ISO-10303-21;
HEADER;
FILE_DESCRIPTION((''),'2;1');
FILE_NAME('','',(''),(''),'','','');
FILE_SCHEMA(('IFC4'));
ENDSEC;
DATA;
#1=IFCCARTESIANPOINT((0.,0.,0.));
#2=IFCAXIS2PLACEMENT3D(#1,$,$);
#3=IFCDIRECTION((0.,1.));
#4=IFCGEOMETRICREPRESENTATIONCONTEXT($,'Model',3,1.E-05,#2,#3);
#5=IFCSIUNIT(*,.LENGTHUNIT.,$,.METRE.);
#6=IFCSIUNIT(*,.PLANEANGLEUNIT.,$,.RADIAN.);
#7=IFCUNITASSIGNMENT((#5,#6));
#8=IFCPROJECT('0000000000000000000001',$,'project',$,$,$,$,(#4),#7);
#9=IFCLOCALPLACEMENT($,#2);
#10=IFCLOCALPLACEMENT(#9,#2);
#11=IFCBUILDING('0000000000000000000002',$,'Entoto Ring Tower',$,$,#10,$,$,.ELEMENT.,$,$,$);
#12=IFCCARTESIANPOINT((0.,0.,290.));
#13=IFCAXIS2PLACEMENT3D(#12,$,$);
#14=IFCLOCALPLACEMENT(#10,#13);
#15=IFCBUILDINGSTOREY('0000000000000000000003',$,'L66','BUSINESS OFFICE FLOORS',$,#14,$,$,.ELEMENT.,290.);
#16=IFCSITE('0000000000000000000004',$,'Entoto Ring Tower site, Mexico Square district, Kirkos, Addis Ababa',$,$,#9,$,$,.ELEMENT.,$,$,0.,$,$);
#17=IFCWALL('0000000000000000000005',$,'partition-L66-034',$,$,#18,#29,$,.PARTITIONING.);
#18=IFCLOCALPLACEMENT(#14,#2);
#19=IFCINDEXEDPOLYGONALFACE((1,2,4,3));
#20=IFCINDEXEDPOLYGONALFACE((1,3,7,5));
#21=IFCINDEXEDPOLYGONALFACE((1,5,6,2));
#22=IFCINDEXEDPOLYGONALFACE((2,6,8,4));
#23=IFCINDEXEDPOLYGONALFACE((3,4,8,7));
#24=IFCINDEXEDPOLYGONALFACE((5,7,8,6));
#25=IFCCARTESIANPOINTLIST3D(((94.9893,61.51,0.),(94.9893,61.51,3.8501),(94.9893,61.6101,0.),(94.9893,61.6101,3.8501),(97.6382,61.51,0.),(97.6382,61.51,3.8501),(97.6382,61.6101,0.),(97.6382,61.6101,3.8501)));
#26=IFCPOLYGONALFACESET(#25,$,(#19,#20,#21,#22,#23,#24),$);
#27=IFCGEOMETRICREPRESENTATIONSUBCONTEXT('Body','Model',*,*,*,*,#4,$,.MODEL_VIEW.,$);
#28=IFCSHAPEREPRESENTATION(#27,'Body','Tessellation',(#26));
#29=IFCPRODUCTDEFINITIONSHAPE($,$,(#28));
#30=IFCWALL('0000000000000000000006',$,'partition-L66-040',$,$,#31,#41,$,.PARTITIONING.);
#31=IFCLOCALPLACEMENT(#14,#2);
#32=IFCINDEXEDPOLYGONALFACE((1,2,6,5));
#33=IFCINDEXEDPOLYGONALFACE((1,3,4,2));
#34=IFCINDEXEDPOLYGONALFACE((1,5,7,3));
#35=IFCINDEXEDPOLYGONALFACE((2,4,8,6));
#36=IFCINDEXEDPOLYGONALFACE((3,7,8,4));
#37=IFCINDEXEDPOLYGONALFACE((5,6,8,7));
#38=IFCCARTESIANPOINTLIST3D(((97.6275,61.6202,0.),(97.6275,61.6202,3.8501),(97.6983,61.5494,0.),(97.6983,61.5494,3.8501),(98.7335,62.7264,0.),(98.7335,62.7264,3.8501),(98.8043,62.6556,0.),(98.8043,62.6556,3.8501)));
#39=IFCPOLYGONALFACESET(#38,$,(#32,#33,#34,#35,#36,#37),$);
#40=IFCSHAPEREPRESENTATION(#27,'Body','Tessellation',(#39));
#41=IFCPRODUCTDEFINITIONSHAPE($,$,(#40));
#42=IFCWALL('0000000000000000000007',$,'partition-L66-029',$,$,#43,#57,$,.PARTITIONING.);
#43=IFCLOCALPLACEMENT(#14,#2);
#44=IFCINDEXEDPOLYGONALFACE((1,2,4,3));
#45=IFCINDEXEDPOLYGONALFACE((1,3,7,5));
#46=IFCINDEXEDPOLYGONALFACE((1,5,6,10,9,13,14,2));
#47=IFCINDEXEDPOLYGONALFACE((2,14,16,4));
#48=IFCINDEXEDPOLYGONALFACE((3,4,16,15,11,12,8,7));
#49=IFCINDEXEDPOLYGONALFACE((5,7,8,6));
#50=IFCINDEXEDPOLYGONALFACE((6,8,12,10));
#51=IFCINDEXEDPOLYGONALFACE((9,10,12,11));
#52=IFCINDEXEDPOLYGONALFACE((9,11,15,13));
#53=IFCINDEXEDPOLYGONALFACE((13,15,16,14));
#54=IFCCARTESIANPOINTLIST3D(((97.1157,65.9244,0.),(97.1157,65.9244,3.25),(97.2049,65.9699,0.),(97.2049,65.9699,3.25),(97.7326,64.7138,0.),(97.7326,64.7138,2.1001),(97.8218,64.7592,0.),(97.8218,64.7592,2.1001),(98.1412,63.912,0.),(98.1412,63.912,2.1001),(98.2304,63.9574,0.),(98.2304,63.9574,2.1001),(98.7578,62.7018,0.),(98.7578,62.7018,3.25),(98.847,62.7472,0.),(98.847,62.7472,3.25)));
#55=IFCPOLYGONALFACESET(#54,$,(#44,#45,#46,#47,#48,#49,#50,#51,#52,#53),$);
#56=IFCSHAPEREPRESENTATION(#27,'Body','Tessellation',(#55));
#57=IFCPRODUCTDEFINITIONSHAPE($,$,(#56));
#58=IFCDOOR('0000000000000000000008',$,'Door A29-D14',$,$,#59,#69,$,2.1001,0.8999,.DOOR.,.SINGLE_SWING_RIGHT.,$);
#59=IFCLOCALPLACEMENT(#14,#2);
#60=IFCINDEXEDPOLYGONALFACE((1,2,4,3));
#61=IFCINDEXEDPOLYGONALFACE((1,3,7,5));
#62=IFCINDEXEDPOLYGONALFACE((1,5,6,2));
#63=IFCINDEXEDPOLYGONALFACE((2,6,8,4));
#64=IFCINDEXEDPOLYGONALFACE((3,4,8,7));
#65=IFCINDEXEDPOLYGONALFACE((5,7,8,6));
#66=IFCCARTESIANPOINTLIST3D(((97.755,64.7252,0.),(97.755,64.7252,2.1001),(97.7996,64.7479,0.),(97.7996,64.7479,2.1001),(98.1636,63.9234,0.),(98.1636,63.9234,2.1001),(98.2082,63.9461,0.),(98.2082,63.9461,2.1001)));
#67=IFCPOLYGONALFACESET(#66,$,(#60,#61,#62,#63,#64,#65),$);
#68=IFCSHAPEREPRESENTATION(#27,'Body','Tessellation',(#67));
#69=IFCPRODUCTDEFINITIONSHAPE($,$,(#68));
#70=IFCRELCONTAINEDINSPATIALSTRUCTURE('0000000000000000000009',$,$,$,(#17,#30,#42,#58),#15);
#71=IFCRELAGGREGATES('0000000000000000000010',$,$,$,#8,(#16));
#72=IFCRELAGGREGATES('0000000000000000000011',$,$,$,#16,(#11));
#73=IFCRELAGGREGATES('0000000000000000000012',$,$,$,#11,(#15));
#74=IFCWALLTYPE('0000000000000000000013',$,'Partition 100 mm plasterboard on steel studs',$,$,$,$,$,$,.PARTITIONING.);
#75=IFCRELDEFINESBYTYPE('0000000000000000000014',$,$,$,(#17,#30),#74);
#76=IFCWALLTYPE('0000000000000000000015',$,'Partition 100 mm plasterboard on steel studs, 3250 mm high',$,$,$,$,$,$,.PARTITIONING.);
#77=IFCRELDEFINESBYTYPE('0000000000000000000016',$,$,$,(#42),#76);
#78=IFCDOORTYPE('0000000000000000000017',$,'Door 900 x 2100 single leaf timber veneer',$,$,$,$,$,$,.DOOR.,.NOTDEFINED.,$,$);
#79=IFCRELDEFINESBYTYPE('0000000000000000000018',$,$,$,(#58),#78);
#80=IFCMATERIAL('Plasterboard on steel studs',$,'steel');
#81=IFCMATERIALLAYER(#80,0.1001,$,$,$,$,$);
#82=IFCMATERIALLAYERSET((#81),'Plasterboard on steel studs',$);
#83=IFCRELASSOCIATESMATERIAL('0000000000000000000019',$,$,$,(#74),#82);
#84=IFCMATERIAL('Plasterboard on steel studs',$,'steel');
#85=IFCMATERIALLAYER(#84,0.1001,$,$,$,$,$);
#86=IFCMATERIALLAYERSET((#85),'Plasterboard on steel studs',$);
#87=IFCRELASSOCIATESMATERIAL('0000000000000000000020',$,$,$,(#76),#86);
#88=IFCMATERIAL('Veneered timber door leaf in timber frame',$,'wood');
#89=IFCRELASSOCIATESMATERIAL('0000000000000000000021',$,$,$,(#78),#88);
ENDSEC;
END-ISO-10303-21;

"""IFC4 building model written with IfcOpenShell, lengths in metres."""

from ifc_helpers import new_model, si_unit, direction, frame, frame_2d, origin, place, context, subcontext, project, spatial, rectangle, extrude, material, layer, layer_set, type_object, element, fill, save


model = new_model("IFC4")

# Units and contexts
model_context = context("Model", 3, precision=1e-05, world=origin(), true_north=direction((0.0, 1.0)))
body_context = subcontext(model_context, "Body", "Model", "MODEL_VIEW")
ifc_project = project(units=[si_unit("LENGTHUNIT", "METRE"), si_unit("PLANEANGLEUNIT", "RADIAN")], contexts=[model_context])

# Site, building, storey
site_placement = place(None, origin())
site = spatial("IfcSite", under=ifc_project, at=site_placement, Name="Entoto Ring Tower site, Mexico Square district, Kirkos, Addis Ababa", CompositionType="ELEMENT", RefElevation=0.0)
building_placement = place(site_placement, origin())
building = spatial("IfcBuilding", under=site, at=building_placement, Name="Entoto Ring Tower", CompositionType="ELEMENT")
storey_placement = place(building_placement, frame((0.0, 0.0, 290.0)))
storey = spatial("IfcBuildingStorey", under=building, at=storey_placement, Name="L66", Description="BUSINESS OFFICE FLOORS", CompositionType="ELEMENT", Elevation=290.0)

# Walls
ifc_material_1 = material(Name="Plasterboard on steel studs", Category="steel")
ifc_layer_1 = layer(ifc_material_1, 0.1001)
ifc_layer_set_1 = layer_set([ifc_layer_1], Name="Plasterboard on steel studs")
wall_type_1 = type_object("IfcWallType", Name="Partition 100 mm plasterboard on steel studs", PredefinedType="PARTITIONING", material=ifc_layer_set_1)
wall_1_placement = place(storey_placement, frame((94.9893, 61.5601, 0.0), z_axis=(0.0, 0.0, 1.0), x_axis=(1.0, 0.0, 0.0)))
element("IfcWall", 1, at=wall_1_placement, inside=storey, type_object=wall_type_1, Name="partition-L66-034", PredefinedType="PARTITIONING", context=body_context, shape_type="SweptSolid", body=[
    extrude(rectangle(XDim=2.6489, YDim=0.1001, at=frame_2d((1.3245, 0.0))), origin(), (0.0, 0.0, 1.0), 3.8501),
])
wall_2_placement = place(storey_placement, frame((97.6628, 61.5847, 0.0), z_axis=(0.0, 0.0, 1.0), x_axis=(0.707029, 0.707185, 0.0)))
element("IfcWall", 2, at=wall_2_placement, inside=storey, type_object=wall_type_1, Name="partition-L66-040", PredefinedType="PARTITIONING", context=body_context, shape_type="SweptSolid", body=[
    extrude(rectangle(XDim=1.5642, YDim=0.1001, at=frame_2d((0.7822, 0.0))), origin(), (0.0, 0.0, 1.0), 3.8501),
])

# Wall, opening, door
ifc_material_2 = material(Name="Plasterboard on steel studs", Category="steel")
ifc_layer_2 = layer(ifc_material_2, 0.1001)
ifc_layer_set_2 = layer_set([ifc_layer_2], Name="Plasterboard on steel studs")
wall_type_2 = type_object("IfcWallType", Name="Partition 100 mm plasterboard on steel studs, 3250 mm high", PredefinedType="PARTITIONING", material=ifc_layer_set_2)
wall_3_placement = place(storey_placement, frame((98.8025, 62.7244, 0.0), z_axis=(0.0, 0.0, 1.0), x_axis=(-0.454005, 0.890999, 0.0)))
wall_3 = element("IfcWall", 3, at=wall_3_placement, inside=storey, type_object=wall_type_2, Name="partition-L66-029", PredefinedType="PARTITIONING", context=body_context, shape_type="SweptSolid", body=[
    extrude(rectangle(XDim=3.6169, YDim=0.1001, at=frame_2d((1.8086, 0.0))), origin(), (0.0, 0.0, 1.0), 3.25),
])
opening_1_placement = place(wall_3_placement, frame((1.3584, 0.0, 0.0)))
opening_1 = element("IfcOpeningElement", 4, at=opening_1_placement, cuts=wall_3, PredefinedType="OPENING", context=body_context, shape_type="SweptSolid", body=[
    extrude(rectangle(XDim=0.8999, YDim=2.1001, at=frame_2d((0.45, 1.05))), frame((0.0, 0.0601, 0.0), z_axis=(0.0, -1.0, 0.0), x_axis=(1.0, 0.0, 0.0)), (0.0, 0.0, 1.0), 0.1201),
])
ifc_material_3 = material(Name="Veneered timber door leaf in timber frame", Category="wood")
door_type_1 = type_object("IfcDoorType", Name="Door 900 x 2100 single leaf timber veneer", OperationType="NOTDEFINED", PredefinedType="DOOR", material=ifc_material_3)
door_1_placement = place(opening_1_placement, origin())
door_1 = element("IfcDoor", 5, at=door_1_placement, inside=storey, type_object=door_type_1, Name="Door A29-D14", OperationType="SINGLE_SWING_RIGHT", OverallHeight=2.1001, OverallWidth=0.8999, PredefinedType="DOOR", context=body_context, shape_type="SweptSolid", body=[
    extrude(rectangle(XDim=0.8999, YDim=2.1001, at=frame_2d((0.45, 1.05))), frame((0.0, 0.0249, 0.0), z_axis=(0.0, -1.0, 0.0), x_axis=(1.0, 0.0, 0.0)), (0.0, 0.0, 1.0), 0.05),
])
fill(opening_1, door_1)

save(model, "model.ifc")
